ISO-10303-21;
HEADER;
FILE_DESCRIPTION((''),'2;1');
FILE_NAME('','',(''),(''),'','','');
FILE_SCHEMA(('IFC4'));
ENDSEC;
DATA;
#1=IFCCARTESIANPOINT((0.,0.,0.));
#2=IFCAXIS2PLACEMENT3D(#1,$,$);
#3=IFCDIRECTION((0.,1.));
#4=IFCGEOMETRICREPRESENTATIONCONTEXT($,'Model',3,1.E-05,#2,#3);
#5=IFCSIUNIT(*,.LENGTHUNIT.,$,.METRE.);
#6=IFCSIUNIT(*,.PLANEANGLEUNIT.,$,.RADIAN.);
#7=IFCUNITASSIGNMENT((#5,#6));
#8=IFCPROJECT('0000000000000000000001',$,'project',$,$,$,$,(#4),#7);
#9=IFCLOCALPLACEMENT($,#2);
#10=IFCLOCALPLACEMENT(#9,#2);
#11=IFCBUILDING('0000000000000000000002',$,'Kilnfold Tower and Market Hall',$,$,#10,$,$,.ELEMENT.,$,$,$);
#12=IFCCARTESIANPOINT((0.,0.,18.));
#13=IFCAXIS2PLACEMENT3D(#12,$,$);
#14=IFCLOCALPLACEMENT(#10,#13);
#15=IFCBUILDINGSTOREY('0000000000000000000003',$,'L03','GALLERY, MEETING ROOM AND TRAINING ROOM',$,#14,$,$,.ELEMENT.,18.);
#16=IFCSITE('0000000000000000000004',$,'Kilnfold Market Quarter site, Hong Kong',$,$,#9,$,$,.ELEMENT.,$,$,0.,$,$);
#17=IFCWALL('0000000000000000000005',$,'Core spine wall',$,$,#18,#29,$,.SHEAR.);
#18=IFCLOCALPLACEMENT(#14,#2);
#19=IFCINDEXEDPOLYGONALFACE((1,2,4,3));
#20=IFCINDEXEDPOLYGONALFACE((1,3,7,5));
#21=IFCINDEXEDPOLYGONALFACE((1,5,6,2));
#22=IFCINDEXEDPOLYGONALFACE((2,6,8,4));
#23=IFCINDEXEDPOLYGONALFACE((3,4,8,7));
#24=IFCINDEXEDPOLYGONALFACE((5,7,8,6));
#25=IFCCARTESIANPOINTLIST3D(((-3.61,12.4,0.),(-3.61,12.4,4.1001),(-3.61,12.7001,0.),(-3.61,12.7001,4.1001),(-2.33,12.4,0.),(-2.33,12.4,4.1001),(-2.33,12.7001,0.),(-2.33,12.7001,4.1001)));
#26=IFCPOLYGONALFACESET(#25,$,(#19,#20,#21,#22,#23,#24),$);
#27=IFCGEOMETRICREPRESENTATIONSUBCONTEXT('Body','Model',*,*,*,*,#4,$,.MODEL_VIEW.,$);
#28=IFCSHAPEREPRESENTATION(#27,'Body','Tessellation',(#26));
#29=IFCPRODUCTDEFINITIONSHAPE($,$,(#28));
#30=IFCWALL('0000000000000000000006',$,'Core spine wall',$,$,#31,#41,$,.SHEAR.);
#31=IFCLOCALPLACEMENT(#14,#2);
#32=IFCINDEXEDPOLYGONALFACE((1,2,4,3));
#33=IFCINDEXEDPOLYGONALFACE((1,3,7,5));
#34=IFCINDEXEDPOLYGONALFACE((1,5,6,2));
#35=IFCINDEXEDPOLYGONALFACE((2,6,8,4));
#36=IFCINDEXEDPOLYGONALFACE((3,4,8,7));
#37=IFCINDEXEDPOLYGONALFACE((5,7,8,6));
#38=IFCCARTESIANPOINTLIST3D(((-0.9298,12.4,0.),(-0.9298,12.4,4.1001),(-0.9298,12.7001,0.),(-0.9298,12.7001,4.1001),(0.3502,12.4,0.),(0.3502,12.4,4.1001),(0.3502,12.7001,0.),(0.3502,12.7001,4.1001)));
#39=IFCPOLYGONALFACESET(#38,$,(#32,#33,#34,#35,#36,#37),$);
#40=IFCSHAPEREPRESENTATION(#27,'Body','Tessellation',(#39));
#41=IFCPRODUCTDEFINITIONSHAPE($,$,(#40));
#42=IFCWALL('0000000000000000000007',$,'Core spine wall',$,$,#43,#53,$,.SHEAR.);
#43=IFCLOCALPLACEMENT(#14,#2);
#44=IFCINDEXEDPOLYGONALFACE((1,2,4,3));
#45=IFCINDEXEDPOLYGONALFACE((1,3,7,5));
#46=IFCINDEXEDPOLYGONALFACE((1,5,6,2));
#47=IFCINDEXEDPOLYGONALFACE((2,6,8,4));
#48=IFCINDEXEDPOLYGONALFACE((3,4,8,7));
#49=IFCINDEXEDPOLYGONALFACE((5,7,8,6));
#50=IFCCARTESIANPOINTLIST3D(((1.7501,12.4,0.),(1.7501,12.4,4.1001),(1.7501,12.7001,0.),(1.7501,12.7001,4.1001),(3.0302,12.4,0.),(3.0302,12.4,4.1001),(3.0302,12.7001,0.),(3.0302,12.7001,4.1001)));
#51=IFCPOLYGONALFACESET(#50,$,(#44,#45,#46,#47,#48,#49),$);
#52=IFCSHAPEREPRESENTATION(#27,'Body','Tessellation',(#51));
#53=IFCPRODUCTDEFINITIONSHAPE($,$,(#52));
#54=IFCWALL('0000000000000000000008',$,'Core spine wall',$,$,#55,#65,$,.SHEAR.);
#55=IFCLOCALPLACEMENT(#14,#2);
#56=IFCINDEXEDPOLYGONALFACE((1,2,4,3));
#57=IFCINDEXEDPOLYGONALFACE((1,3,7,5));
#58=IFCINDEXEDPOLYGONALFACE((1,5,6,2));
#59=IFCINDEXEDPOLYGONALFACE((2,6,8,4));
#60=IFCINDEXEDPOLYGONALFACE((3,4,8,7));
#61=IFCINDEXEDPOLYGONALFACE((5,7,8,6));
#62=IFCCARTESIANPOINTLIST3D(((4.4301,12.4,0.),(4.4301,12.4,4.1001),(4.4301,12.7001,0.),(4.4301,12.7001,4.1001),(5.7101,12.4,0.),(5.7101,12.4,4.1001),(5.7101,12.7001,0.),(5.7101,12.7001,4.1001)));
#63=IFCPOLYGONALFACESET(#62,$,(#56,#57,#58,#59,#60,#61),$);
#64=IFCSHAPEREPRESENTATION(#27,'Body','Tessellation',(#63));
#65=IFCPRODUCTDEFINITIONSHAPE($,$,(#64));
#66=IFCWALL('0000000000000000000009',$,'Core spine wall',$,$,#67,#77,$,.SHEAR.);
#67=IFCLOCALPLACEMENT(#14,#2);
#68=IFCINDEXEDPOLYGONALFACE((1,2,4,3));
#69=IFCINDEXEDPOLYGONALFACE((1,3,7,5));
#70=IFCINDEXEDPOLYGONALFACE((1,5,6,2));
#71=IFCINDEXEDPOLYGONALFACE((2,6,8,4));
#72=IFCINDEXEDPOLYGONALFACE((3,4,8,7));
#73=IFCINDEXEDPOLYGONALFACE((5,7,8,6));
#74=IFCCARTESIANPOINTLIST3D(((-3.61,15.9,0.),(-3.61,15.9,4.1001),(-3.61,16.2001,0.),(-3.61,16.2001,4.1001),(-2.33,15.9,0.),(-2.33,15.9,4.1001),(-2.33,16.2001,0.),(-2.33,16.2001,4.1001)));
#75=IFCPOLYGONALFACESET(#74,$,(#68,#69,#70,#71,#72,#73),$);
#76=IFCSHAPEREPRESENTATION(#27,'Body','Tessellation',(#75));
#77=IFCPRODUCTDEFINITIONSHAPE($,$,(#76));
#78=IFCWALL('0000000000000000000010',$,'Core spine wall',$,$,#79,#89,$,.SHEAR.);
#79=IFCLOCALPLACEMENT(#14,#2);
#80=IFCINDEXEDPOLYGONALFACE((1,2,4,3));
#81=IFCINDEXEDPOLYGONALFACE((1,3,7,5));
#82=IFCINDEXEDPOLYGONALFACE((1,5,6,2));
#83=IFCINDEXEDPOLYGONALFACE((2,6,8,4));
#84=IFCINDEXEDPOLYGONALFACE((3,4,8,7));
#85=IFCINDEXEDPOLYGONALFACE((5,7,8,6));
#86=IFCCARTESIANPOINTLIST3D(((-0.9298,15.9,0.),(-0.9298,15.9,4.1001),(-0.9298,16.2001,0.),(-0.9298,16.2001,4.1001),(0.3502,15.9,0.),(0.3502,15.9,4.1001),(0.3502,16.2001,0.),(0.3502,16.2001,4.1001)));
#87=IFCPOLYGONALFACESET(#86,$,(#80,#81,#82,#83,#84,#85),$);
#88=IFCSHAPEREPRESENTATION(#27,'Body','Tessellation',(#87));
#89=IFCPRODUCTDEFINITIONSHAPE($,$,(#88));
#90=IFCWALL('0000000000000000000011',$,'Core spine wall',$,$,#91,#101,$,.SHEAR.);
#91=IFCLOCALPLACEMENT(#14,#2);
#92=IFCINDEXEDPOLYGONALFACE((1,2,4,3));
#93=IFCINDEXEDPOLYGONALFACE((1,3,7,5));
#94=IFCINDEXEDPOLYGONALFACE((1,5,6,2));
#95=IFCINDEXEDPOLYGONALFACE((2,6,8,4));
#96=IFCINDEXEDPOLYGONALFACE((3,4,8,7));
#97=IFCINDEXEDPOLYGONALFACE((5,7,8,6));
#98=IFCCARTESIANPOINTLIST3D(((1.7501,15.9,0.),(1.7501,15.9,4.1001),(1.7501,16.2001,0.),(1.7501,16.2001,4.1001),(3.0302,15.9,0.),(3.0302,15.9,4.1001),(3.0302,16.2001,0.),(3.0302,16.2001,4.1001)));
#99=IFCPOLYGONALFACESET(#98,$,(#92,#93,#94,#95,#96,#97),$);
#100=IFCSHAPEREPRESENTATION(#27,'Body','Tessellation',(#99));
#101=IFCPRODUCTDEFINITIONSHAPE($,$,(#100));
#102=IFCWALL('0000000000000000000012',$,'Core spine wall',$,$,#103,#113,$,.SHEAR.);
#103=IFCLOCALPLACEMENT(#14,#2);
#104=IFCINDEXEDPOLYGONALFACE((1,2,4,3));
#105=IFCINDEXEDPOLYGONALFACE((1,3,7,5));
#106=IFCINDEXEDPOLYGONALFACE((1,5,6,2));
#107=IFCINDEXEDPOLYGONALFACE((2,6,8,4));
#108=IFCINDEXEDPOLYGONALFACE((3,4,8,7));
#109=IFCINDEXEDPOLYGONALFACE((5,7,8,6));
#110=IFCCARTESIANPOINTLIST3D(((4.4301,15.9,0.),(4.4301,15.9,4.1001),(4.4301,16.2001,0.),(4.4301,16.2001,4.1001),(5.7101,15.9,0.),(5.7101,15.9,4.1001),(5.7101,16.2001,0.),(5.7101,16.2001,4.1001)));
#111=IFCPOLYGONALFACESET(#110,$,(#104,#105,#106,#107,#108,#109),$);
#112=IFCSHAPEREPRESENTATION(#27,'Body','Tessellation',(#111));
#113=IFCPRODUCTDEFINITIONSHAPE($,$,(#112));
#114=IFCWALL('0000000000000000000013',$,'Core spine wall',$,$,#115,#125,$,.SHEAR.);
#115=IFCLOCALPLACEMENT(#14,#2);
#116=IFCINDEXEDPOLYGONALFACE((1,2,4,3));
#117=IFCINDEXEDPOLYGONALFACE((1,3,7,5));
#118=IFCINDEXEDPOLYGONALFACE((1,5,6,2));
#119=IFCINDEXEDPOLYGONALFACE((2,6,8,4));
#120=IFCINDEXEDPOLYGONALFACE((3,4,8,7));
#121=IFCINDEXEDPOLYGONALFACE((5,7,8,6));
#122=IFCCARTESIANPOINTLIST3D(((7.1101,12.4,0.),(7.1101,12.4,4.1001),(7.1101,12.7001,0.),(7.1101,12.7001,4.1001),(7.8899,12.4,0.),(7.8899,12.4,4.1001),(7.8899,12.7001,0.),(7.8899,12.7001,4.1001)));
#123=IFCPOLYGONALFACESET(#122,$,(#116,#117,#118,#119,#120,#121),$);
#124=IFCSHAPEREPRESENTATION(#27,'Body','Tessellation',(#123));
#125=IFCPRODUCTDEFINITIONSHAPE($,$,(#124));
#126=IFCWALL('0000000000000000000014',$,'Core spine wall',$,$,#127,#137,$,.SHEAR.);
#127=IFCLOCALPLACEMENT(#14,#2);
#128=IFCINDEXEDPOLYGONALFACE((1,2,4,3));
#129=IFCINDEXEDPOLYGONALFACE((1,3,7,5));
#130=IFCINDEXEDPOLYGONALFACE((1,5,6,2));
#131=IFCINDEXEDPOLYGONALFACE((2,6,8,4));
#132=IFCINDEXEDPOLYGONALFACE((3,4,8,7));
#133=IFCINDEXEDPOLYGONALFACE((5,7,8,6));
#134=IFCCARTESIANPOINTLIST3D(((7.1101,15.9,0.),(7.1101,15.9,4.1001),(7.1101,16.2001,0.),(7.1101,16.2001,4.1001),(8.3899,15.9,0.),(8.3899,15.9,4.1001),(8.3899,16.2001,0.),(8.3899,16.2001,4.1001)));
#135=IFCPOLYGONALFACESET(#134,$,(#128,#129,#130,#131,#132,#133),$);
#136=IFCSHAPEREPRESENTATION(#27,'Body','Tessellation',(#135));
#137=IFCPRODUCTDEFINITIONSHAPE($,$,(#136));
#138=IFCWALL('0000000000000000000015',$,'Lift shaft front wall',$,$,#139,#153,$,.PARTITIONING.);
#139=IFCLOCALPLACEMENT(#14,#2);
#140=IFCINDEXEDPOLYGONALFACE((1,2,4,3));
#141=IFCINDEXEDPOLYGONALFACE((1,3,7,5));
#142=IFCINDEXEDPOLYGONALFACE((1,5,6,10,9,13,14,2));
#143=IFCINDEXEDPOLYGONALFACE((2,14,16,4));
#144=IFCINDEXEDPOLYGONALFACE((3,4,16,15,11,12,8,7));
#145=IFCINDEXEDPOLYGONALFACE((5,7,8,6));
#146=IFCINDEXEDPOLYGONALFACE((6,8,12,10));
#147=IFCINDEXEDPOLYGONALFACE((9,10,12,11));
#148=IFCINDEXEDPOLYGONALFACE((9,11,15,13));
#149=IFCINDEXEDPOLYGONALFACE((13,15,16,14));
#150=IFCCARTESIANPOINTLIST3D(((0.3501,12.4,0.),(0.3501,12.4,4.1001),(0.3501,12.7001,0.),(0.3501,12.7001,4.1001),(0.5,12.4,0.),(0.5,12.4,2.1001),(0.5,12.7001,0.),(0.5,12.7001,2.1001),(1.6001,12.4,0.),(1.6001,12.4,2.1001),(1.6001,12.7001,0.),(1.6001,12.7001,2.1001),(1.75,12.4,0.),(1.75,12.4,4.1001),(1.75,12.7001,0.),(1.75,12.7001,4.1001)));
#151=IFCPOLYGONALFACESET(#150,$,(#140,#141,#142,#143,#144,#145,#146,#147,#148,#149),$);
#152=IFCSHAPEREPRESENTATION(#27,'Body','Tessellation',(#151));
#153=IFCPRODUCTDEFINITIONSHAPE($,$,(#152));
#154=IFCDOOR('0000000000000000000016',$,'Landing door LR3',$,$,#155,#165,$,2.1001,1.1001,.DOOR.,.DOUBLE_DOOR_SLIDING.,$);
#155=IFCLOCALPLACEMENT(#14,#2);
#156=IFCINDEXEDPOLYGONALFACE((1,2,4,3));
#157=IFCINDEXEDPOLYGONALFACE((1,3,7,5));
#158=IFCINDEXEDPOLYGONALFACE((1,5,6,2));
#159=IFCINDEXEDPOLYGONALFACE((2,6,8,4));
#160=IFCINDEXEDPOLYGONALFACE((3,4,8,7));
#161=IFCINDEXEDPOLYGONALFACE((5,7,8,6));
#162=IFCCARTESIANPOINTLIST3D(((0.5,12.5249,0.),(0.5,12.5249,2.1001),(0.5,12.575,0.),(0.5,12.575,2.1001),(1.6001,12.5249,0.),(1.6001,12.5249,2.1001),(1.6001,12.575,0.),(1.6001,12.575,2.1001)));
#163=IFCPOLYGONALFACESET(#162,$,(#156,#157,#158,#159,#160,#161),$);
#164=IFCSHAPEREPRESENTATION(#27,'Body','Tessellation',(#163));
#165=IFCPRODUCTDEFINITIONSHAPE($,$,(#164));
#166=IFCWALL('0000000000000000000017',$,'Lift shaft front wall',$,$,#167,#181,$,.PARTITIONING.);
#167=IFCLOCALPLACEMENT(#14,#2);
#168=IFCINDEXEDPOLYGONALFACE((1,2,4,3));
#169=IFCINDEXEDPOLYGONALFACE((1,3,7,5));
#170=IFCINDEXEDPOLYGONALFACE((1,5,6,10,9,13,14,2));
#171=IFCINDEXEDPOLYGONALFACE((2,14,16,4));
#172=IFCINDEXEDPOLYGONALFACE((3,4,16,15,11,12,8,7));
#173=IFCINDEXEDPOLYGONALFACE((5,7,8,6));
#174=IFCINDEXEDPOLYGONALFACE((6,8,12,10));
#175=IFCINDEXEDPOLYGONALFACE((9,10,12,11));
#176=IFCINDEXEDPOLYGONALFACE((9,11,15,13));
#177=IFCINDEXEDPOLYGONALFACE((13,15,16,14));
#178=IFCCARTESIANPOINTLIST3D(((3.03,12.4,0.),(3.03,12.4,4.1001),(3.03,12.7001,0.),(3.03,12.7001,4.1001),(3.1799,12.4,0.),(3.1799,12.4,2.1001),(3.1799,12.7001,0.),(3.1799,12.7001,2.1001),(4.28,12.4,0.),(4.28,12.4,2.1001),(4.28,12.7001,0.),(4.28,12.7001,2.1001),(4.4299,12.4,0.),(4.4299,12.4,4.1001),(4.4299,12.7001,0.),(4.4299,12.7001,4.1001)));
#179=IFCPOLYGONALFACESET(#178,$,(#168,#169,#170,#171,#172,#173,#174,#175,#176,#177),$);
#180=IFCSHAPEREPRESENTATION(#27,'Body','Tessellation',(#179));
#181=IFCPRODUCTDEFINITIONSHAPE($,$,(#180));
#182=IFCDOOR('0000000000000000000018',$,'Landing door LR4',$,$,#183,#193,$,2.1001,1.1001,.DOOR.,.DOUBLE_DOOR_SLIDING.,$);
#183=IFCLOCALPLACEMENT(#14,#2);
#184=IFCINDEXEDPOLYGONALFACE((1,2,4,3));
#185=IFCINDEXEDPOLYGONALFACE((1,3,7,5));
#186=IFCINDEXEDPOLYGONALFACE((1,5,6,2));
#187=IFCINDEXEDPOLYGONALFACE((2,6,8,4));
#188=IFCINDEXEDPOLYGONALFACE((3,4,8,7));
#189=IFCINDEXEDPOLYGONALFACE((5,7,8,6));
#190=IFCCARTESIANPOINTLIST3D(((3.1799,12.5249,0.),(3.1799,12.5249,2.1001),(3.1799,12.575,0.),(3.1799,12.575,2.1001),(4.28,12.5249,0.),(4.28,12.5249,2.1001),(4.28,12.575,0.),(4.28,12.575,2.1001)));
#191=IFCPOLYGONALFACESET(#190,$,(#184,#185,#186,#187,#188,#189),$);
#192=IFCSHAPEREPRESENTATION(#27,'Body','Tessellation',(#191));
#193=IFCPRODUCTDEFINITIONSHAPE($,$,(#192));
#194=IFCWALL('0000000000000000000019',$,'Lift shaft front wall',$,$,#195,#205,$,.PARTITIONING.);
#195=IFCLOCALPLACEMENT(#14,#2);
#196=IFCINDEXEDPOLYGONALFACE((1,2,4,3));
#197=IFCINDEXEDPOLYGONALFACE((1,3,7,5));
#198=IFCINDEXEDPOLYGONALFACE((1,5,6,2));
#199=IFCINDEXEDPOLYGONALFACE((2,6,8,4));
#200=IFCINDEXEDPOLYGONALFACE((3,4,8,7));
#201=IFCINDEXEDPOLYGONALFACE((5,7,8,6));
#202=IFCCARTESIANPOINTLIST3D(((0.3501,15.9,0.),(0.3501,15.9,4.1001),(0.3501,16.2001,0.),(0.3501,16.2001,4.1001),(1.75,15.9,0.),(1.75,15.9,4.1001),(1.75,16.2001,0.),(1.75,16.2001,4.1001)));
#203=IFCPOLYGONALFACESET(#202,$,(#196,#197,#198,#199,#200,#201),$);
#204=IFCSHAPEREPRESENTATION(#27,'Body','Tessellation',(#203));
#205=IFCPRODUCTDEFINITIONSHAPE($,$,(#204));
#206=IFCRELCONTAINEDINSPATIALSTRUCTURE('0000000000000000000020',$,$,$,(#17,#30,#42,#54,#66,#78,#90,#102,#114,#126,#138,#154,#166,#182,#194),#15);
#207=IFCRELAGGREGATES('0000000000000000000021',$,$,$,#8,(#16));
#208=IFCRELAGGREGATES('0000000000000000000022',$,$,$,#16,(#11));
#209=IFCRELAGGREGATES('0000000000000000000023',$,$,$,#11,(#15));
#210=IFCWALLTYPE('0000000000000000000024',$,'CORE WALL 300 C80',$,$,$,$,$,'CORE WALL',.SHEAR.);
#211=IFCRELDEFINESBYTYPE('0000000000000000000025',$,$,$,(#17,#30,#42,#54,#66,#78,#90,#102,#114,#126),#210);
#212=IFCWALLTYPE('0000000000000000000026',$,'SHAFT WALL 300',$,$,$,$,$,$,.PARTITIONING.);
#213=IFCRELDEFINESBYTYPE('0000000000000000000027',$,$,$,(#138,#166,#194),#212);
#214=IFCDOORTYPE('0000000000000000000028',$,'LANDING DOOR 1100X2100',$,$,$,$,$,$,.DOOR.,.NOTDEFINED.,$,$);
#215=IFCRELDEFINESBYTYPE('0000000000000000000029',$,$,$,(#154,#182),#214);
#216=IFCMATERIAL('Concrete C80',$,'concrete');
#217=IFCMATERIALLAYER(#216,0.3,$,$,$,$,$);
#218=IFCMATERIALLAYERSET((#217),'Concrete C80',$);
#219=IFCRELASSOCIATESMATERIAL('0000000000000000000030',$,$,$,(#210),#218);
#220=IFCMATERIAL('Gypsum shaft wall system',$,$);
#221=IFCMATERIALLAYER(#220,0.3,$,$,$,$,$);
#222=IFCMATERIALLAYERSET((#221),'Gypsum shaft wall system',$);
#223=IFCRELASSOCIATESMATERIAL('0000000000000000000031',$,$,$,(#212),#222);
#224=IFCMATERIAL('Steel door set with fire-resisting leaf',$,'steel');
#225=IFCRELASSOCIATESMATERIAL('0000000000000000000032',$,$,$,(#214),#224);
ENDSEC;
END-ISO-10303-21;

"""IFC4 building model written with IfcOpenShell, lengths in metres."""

from ifc_helpers import new_model, si_unit, direction, frame, frame_2d, origin, place, context, subcontext, project, spatial, rectangle, extrude, source, transform, mapped, material, layer, layer_set, type_object, element, fill, save


model = new_model("IFC4")

# Units and contexts
model_context = context("Model", 3, precision=1e-05, world=origin(), true_north=direction((0.0, 1.0)))
body_context = subcontext(model_context, "Body", "Model", "MODEL_VIEW")
ifc_project = project(units=[si_unit("LENGTHUNIT", "METRE"), si_unit("PLANEANGLEUNIT", "RADIAN")], contexts=[model_context])

# Site, building, storey
site_placement = place(None, origin())
site = spatial("IfcSite", under=ifc_project, at=site_placement, Name="Kilnfold Market Quarter site, Hong Kong", CompositionType="ELEMENT", RefElevation=0.0)
building_placement = place(site_placement, origin())
building = spatial("IfcBuilding", under=site, at=building_placement, Name="Kilnfold Tower and Market Hall", CompositionType="ELEMENT")
storey_placement = place(building_placement, frame((0.0, 0.0, 18.0)))
storey = spatial("IfcBuildingStorey", under=building, at=storey_placement, Name="L03", Description="GALLERY, MEETING ROOM AND TRAINING ROOM", CompositionType="ELEMENT", Elevation=18.0)

# Walls
ifc_material_1 = material(Name="Concrete C80", Category="concrete")
ifc_layer_1 = layer(ifc_material_1, 0.3)
ifc_layer_set_1 = layer_set([ifc_layer_1], Name="Concrete C80")
wall_type_1 = type_object("IfcWallType", Name="CORE WALL 300 C80", ElementType="CORE WALL", PredefinedType="SHEAR", material=ifc_layer_set_1)
shared_shape_1 = source(origin(), body_context, "Body", "SweptSolid", [
    extrude(rectangle(XDim=1.28, YDim=0.3, at=frame_2d((0.6401, 0.0))), origin(), (0.0, 0.0, 1.0), 4.1001),
])
for number, where, z_axis, x_axis, name in (
    (1, (-3.6101, 12.55, 0.0), (0.0, 0.0, 1.0), (1.0, 0.0, 0.0), "Core spine wall"),
    (2, (-0.9299, 12.55, 0.0), (0.0, 0.0, 1.0), (1.0, 0.0, 0.0), "Core spine wall"),
    (3, (1.75, 12.55, 0.0), (0.0, 0.0, 1.0), (1.0, 0.0, 0.0), "Core spine wall"),
    (4, (4.4299, 12.55, 0.0), (0.0, 0.0, 1.0), (1.0, 0.0, 0.0), "Core spine wall"),
    (5, (-3.6101, 16.05, 0.0), (0.0, 0.0, 1.0), (1.0, 0.0, 0.0), "Core spine wall"),
    (6, (-0.9299, 16.05, 0.0), (0.0, 0.0, 1.0), (1.0, 0.0, 0.0), "Core spine wall"),
    (7, (1.75, 16.05, 0.0), (0.0, 0.0, 1.0), (1.0, 0.0, 0.0), "Core spine wall"),
    (8, (4.4299, 16.05, 0.0), (0.0, 0.0, 1.0), (1.0, 0.0, 0.0), "Core spine wall"),
):
    element("IfcWall", number, at=place(storey_placement, frame(where, z_axis=z_axis, x_axis=x_axis)), inside=storey, type_object=wall_type_1, Name=name, PredefinedType="SHEAR", context=body_context, shape_type="MappedRepresentation", body=[
        mapped(shared_shape_1, transform((0.0, 0.0, 0.0))),
    ])
shared_shape_2 = source(origin(), body_context, "Body", "SweptSolid", [
    extrude(rectangle(XDim=0.7798, YDim=0.3, at=frame_2d((0.3899, 0.0))), origin(), (0.0, 0.0, 1.0), 4.1001),
])
wall_1_placement = place(storey_placement, frame((7.1101, 12.55, 0.0), z_axis=(0.0, 0.0, 1.0), x_axis=(1.0, 0.0, 0.0)))
element("IfcWall", 9, at=wall_1_placement, inside=storey, type_object=wall_type_1, Name="Core spine wall", PredefinedType="SHEAR", context=body_context, shape_type="MappedRepresentation", body=[
    mapped(shared_shape_2, transform((0.0, 0.0, 0.0))),
])
shared_shape_3 = source(origin(), body_context, "Body", "SweptSolid", [
    extrude(rectangle(XDim=1.2798, YDim=0.3, at=frame_2d((0.6399, 0.0))), origin(), (0.0, 0.0, 1.0), 4.1001),
])
wall_2_placement = place(storey_placement, frame((7.1101, 16.05, 0.0), z_axis=(0.0, 0.0, 1.0), x_axis=(1.0, 0.0, 0.0)))
element("IfcWall", 10, at=wall_2_placement, inside=storey, type_object=wall_type_1, Name="Core spine wall", PredefinedType="SHEAR", context=body_context, shape_type="MappedRepresentation", body=[
    mapped(shared_shape_3, transform((0.0, 0.0, 0.0))),
])

# Walls, openings, doors
ifc_material_2 = material(Name="Gypsum shaft wall system")
ifc_layer_2 = layer(ifc_material_2, 0.3)
ifc_layer_set_2 = layer_set([ifc_layer_2], Name="Gypsum shaft wall system")
wall_type_2 = type_object("IfcWallType", Name="SHAFT WALL 300", PredefinedType="PARTITIONING", material=ifc_layer_set_2)
shared_shape_4 = source(origin(), body_context, "Body", "SweptSolid", [
    extrude(rectangle(XDim=1.3999, YDim=0.3, at=frame_2d((0.7, 0.0))), origin(), (0.0, 0.0, 1.0), 4.1001),
])
wall_3_placement = place(storey_placement, frame((0.3501, 12.55, 0.0), z_axis=(0.0, 0.0, 1.0), x_axis=(1.0, 0.0, 0.0)))
wall_3 = element("IfcWall", 11, at=wall_3_placement, inside=storey, type_object=wall_type_2, Name="Lift shaft front wall", PredefinedType="PARTITIONING", context=body_context, shape_type="MappedRepresentation", body=[
    mapped(shared_shape_4, transform((0.0, 0.0, 0.0))),
])
opening_1_placement = place(wall_3_placement, frame((0.1499, 0.0, 0.0)))
opening_1 = element("IfcOpeningElement", 12, at=opening_1_placement, cuts=wall_3, PredefinedType="OPENING", context=body_context, shape_type="SweptSolid", body=[
    extrude(rectangle(XDim=1.1001, YDim=2.1001, at=frame_2d((0.55, 1.05))), frame((0.0, 0.1602, 0.0), z_axis=(0.0, -1.0, 0.0), x_axis=(1.0, 0.0, 0.0)), (0.0, 0.0, 1.0), 0.3201),
])
ifc_material_3 = material(Name="Steel door set with fire-resisting leaf", Category="steel")
door_type = type_object("IfcDoorType", Name="LANDING DOOR 1100X2100", OperationType="NOTDEFINED", PredefinedType="DOOR", material=ifc_material_3)
door_1_placement = place(opening_1_placement, origin())
door_1 = element("IfcDoor", 13, at=door_1_placement, inside=storey, type_object=door_type, Name="Landing door LR3", OperationType="DOUBLE_DOOR_SLIDING", OverallHeight=2.1001, OverallWidth=1.1001, PredefinedType="DOOR", context=body_context, shape_type="SweptSolid", body=[
    extrude(rectangle(XDim=1.1001, YDim=2.1001, at=frame_2d((0.55, 1.05))), frame((0.0, 0.0249, 0.0), z_axis=(0.0, -1.0, 0.0), x_axis=(1.0, 0.0, 0.0)), (0.0, 0.0, 1.0), 0.05),
])
fill(opening_1, door_1)
wall_4_placement = place(storey_placement, frame((3.03, 12.55, 0.0), z_axis=(0.0, 0.0, 1.0), x_axis=(1.0, 0.0, 0.0)))
wall_4 = element("IfcWall", 14, at=wall_4_placement, inside=storey, type_object=wall_type_2, Name="Lift shaft front wall", PredefinedType="PARTITIONING", context=body_context, shape_type="MappedRepresentation", body=[
    mapped(shared_shape_4, transform((0.0, 0.0, 0.0))),
])
opening_2_placement = place(wall_4_placement, frame((0.1499, 0.0, 0.0)))
opening_2 = element("IfcOpeningElement", 15, at=opening_2_placement, cuts=wall_4, PredefinedType="OPENING", context=body_context, shape_type="SweptSolid", body=[
    extrude(rectangle(XDim=1.1001, YDim=2.1001, at=frame_2d((0.55, 1.05))), frame((0.0, 0.1602, 0.0), z_axis=(0.0, -1.0, 0.0), x_axis=(1.0, 0.0, 0.0)), (0.0, 0.0, 1.0), 0.3201),
])
door_2_placement = place(opening_2_placement, origin())
door_2 = element("IfcDoor", 16, at=door_2_placement, inside=storey, type_object=door_type, Name="Landing door LR4", OperationType="DOUBLE_DOOR_SLIDING", OverallHeight=2.1001, OverallWidth=1.1001, PredefinedType="DOOR", context=body_context, shape_type="SweptSolid", body=[
    extrude(rectangle(XDim=1.1001, YDim=2.1001, at=frame_2d((0.55, 1.05))), frame((0.0, 0.0249, 0.0), z_axis=(0.0, -1.0, 0.0), x_axis=(1.0, 0.0, 0.0)), (0.0, 0.0, 1.0), 0.05),
])
fill(opening_2, door_2)

# Wall
for number, where, z_axis, x_axis, name in (
    (17, (0.3501, 16.05, 0.0), (0.0, 0.0, 1.0), (1.0, 0.0, 0.0), "Lift shaft front wall"),
):
    element("IfcWall", number, at=place(storey_placement, frame(where, z_axis=z_axis, x_axis=x_axis)), inside=storey, type_object=wall_type_2, Name=name, PredefinedType="PARTITIONING", context=body_context, shape_type="MappedRepresentation", body=[
        mapped(shared_shape_4, transform((0.0, 0.0, 0.0))),
    ])

save(model, "model.ifc")
